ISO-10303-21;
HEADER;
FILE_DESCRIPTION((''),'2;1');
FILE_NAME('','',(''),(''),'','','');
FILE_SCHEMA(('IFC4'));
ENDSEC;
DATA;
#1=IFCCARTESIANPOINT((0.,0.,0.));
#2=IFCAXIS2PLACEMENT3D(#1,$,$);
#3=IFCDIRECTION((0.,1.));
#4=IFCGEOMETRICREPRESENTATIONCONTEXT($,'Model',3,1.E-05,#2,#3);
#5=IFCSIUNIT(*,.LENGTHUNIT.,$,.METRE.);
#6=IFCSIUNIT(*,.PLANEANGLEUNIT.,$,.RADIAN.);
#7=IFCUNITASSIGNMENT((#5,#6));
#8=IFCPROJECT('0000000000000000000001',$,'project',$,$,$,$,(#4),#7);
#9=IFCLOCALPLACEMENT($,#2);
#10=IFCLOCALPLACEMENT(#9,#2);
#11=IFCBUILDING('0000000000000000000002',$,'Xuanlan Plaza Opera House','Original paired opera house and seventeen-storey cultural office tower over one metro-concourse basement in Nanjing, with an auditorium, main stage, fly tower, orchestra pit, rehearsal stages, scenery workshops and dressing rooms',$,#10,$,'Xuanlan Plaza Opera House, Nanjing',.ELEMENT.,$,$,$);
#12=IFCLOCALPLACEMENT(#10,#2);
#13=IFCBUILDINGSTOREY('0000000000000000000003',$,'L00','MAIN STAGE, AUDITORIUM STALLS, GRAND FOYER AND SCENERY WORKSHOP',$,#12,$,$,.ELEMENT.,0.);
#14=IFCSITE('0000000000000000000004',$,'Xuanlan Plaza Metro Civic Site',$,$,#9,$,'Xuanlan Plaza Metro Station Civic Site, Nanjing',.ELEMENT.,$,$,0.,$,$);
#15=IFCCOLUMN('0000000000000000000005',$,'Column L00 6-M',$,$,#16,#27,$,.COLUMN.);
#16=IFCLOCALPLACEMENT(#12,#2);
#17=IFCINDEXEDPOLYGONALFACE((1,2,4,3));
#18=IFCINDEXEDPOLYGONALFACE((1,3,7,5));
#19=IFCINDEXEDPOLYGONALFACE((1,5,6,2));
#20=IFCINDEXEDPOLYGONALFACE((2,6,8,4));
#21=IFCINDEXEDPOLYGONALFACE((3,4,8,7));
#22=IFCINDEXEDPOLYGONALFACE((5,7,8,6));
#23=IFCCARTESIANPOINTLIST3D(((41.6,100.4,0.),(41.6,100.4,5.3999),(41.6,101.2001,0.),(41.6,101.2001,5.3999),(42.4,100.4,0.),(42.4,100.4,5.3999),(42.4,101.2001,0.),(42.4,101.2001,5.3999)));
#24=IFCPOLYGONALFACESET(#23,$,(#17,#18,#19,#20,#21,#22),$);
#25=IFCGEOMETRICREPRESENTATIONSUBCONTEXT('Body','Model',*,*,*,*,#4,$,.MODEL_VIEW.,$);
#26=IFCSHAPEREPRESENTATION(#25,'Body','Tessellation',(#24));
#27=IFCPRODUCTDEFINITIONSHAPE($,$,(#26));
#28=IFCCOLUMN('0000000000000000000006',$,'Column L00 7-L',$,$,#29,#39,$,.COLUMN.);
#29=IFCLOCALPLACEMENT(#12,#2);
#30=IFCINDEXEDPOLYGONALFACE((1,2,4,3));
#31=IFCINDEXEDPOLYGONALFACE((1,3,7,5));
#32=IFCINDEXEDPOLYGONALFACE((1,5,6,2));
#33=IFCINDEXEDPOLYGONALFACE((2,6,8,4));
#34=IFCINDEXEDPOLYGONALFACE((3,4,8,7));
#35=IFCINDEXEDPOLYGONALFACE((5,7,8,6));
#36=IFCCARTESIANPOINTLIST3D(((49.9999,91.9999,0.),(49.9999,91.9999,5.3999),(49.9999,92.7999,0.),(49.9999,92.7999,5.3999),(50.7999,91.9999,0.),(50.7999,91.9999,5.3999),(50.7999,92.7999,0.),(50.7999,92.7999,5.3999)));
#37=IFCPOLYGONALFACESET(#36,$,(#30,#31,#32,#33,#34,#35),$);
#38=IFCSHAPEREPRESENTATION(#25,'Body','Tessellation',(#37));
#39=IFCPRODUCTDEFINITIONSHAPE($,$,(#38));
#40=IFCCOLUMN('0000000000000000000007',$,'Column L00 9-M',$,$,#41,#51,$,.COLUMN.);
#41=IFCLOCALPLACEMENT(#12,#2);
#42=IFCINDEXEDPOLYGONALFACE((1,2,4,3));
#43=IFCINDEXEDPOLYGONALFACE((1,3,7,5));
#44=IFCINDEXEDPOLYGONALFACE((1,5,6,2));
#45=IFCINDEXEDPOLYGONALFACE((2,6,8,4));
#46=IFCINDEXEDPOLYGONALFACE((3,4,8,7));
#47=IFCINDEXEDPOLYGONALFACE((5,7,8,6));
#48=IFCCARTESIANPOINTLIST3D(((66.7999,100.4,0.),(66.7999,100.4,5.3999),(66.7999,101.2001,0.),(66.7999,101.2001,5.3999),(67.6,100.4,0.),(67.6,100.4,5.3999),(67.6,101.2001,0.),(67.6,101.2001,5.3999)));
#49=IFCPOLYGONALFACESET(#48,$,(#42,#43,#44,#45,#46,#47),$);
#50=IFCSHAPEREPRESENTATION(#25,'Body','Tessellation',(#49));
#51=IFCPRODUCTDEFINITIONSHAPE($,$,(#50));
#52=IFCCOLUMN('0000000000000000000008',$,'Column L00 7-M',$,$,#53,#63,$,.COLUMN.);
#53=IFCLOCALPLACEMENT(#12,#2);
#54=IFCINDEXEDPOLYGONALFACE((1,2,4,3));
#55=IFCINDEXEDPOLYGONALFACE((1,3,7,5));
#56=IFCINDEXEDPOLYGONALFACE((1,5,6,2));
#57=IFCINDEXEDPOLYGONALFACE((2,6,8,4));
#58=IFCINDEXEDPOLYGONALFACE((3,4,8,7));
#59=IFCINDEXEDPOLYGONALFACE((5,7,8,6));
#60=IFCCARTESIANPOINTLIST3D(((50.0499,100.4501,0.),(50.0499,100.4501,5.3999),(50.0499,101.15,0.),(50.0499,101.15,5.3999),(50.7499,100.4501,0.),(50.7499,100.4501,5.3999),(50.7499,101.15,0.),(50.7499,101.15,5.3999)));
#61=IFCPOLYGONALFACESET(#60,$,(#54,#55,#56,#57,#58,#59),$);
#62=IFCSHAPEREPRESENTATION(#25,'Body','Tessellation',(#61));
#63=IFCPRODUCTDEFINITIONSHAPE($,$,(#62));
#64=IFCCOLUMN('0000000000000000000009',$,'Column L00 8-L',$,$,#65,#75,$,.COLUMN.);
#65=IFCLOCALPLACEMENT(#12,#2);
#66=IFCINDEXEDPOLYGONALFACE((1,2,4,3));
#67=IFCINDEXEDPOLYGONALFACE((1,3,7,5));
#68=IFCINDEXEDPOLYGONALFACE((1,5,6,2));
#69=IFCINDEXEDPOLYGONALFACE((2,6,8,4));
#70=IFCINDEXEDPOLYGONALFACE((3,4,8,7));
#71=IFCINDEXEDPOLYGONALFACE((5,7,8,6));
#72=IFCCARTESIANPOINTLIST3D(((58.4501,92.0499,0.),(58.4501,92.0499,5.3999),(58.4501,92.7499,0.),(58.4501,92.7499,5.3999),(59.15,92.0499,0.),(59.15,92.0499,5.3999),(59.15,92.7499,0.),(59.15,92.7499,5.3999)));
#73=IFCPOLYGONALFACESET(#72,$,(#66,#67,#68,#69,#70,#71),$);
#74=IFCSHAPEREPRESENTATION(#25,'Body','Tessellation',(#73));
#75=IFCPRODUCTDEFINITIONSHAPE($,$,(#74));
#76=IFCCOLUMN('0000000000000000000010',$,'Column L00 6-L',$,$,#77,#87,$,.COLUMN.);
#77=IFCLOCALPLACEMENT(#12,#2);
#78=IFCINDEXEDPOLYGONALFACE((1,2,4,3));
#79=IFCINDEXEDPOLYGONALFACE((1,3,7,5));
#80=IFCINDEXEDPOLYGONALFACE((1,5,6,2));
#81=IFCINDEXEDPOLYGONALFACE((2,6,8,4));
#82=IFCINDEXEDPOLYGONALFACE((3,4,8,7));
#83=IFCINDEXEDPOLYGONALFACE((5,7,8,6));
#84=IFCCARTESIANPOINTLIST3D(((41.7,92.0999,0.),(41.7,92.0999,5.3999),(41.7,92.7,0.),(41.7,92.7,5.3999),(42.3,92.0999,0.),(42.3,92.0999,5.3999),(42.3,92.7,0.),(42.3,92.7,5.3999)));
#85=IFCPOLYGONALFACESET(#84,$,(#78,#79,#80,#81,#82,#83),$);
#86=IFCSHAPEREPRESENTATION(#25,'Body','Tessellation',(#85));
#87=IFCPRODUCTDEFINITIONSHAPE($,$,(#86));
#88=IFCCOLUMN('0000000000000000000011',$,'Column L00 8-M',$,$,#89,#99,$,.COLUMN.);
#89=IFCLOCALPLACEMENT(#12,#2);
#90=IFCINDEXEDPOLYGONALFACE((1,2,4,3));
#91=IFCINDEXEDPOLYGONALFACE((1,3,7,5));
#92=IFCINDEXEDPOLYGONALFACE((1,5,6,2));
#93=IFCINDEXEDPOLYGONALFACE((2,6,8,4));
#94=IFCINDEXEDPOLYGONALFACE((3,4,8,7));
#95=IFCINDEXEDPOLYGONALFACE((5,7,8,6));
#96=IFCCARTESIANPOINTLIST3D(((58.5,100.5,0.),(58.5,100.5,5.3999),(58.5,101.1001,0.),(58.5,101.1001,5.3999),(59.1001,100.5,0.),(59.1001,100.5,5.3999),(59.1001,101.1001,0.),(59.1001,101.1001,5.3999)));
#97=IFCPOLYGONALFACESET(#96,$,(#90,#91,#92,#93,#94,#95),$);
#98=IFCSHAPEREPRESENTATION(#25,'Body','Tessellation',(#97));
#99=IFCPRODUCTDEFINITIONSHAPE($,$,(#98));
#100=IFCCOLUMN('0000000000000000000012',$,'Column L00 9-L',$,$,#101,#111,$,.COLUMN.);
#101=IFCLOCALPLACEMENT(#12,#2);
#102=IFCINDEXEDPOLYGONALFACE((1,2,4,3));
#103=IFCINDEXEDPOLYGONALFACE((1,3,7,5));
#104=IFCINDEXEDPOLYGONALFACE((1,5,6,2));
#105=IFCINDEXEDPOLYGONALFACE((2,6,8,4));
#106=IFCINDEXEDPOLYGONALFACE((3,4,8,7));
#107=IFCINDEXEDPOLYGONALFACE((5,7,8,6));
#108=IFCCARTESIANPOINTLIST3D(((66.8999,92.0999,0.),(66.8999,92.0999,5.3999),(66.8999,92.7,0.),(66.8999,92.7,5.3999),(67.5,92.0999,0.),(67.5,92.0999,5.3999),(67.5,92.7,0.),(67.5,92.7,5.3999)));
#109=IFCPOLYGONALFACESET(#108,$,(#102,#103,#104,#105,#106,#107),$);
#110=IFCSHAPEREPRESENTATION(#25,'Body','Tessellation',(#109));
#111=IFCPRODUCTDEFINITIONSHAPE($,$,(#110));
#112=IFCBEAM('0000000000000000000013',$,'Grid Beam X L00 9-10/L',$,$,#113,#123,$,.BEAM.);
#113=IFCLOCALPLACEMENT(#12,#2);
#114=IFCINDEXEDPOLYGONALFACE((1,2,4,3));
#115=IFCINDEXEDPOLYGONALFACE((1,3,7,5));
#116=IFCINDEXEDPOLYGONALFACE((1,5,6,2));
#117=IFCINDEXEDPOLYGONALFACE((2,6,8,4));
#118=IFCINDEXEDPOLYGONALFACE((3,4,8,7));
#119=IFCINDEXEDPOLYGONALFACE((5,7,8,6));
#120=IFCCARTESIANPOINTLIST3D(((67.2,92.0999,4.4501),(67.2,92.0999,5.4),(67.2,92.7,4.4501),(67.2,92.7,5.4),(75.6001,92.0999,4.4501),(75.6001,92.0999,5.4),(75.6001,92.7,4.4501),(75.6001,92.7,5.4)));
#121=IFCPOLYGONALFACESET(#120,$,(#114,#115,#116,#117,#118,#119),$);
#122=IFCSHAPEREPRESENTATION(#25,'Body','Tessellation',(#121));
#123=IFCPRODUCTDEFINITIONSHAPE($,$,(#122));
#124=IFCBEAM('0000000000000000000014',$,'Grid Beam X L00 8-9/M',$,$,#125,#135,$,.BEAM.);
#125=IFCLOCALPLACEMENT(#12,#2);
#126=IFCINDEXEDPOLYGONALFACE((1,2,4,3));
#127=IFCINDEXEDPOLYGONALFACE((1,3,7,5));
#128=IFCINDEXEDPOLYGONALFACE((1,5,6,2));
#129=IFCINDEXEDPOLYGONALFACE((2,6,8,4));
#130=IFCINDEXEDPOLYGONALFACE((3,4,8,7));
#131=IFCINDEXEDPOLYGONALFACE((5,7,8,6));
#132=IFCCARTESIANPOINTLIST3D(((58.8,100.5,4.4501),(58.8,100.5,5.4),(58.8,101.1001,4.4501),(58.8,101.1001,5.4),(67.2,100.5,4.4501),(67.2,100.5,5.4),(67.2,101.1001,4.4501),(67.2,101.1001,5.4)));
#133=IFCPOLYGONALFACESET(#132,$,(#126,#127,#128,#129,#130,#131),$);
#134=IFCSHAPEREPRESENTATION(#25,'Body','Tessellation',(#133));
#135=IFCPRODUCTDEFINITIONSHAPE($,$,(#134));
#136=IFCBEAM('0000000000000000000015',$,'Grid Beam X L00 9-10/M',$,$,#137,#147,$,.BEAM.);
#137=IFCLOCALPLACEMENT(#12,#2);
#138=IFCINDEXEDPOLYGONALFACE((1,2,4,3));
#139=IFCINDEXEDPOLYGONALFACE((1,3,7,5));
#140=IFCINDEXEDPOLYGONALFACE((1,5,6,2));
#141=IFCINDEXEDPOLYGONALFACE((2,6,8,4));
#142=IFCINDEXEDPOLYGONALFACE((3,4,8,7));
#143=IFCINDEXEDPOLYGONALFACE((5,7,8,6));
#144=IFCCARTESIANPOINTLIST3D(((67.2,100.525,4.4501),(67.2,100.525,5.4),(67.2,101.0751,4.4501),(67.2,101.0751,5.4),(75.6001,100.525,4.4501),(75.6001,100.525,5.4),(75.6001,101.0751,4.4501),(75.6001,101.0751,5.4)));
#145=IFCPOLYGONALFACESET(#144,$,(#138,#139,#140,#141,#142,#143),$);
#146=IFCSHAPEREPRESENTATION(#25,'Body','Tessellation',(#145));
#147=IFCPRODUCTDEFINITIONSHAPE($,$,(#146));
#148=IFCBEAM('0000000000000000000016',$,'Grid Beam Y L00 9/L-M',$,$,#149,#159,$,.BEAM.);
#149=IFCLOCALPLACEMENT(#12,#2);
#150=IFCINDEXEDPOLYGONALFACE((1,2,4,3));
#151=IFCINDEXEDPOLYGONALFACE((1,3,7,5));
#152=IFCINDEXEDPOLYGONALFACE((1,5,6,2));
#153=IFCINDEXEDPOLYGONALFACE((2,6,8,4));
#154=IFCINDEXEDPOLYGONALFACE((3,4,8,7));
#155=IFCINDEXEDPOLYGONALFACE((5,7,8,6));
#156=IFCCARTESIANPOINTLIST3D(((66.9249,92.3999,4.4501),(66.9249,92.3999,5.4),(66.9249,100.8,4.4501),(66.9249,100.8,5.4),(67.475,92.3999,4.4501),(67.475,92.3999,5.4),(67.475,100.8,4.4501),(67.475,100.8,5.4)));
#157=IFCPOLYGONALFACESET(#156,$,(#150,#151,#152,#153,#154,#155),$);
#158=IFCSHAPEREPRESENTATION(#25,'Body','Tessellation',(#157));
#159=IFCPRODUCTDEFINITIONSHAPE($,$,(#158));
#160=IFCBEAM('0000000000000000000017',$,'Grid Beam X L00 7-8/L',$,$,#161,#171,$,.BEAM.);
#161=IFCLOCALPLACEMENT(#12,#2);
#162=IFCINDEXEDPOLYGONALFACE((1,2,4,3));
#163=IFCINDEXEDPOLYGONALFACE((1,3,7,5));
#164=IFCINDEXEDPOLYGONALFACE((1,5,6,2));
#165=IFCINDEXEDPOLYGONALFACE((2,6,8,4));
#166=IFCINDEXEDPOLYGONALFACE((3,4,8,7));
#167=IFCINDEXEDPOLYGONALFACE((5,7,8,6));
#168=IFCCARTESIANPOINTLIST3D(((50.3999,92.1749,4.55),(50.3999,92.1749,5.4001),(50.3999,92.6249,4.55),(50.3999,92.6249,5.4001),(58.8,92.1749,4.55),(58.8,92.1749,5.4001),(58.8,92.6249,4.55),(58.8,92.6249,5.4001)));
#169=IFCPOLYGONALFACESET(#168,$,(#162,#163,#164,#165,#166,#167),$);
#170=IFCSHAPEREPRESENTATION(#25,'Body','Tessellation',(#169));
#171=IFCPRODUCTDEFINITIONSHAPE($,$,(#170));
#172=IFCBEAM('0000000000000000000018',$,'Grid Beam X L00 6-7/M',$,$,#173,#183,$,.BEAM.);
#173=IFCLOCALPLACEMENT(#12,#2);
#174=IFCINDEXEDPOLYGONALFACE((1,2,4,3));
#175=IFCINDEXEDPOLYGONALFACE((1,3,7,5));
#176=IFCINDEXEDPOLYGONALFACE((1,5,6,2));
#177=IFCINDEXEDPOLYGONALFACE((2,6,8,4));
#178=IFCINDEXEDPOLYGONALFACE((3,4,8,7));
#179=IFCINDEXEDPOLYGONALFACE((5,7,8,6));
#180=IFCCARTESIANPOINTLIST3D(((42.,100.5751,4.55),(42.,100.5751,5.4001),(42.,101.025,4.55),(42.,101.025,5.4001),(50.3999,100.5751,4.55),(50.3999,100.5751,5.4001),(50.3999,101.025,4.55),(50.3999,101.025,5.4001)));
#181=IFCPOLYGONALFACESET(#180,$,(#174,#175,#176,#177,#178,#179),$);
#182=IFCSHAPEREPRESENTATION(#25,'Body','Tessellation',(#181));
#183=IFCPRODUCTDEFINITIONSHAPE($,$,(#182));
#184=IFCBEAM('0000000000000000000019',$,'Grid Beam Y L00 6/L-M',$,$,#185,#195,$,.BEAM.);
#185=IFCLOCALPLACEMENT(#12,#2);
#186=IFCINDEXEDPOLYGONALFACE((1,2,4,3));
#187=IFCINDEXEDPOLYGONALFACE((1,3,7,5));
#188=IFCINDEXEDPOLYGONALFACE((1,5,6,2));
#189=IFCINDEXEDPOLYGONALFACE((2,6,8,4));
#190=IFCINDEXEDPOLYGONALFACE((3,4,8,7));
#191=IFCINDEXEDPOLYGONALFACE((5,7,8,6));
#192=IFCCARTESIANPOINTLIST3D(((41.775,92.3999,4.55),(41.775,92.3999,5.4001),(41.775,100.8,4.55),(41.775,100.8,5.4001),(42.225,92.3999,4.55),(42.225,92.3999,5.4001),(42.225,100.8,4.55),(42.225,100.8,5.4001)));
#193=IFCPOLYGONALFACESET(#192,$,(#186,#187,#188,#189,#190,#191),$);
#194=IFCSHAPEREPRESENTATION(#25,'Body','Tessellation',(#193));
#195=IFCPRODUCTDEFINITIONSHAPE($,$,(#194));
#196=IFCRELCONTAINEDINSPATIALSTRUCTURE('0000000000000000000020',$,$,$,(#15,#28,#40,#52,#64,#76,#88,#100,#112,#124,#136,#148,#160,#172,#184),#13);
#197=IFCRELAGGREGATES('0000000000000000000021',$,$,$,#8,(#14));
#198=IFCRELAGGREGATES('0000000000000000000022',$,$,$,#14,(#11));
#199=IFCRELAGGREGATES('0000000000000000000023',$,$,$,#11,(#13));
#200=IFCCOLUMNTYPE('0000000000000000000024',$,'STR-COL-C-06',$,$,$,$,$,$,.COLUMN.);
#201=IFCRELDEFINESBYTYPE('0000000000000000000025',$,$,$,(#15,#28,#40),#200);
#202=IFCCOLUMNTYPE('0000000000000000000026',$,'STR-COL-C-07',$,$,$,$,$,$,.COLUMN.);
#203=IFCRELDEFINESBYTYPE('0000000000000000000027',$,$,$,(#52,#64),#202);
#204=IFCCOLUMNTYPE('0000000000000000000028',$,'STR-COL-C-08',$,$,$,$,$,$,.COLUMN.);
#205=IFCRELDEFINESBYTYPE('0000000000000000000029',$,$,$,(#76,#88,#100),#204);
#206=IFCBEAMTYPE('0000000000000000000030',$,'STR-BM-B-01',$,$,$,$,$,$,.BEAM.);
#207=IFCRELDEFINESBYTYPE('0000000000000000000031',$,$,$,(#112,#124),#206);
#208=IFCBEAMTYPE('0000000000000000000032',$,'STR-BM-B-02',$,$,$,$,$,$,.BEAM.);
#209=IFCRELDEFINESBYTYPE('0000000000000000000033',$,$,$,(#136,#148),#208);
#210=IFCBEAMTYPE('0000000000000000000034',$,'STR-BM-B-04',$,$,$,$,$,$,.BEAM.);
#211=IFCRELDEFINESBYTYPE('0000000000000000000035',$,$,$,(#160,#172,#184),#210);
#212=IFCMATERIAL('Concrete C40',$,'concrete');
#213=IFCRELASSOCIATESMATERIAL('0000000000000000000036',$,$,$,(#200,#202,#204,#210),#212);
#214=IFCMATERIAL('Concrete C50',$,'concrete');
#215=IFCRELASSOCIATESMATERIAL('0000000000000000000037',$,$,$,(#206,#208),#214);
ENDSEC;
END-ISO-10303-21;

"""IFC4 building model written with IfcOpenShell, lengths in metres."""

from ifc_helpers import new_model, si_unit, direction, frame, origin, origin_2d, place, context, subcontext, project, spatial, rectangle, extrude, material, material_profile, profile_set, type_object, element, save


model = new_model("IFC4")

# Units and contexts
model_context = context("Model", 3, precision=1e-05, world=origin(), true_north=direction((0.0, 1.0)))
body_context = subcontext(model_context, "Body", "Model", "MODEL_VIEW")
ifc_project = project(units=[si_unit("LENGTHUNIT", "METRE"), si_unit("PLANEANGLEUNIT", "RADIAN")], contexts=[model_context])

# Site, building, storey
site_placement = place(None, origin())
site = spatial("IfcSite", under=ifc_project, at=site_placement, Name="Xuanlan Plaza Metro Civic Site", LongName="Xuanlan Plaza Metro Station Civic Site, Nanjing", CompositionType="ELEMENT", RefElevation=0.0)
building_placement = place(site_placement, origin())
building = spatial("IfcBuilding", under=site, at=building_placement, Name="Xuanlan Plaza Opera House", Description="Original paired opera house and seventeen-storey cultural office tower over one metro-concourse basement in Nanjing, with an auditorium, main stage, fly tower, orchestra pit, rehearsal stages, scenery workshops and dressing rooms", LongName="Xuanlan Plaza Opera House, Nanjing", CompositionType="ELEMENT")
storey_placement = place(building_placement, origin())
storey = spatial("IfcBuildingStorey", under=building, at=storey_placement, Name="L00", Description="MAIN STAGE, AUDITORIUM STALLS, GRAND FOYER AND SCENERY WORKSHOP", CompositionType="ELEMENT", Elevation=0.0)

# Columns
ifc_material_1 = material(Name="Concrete C40", Category="concrete")
ifc_material_profile_1 = material_profile(ifc_material_1, rectangle(XDim=0.8, YDim=0.8, at=origin_2d()), Name="RC-COL 800x800")
ifc_profile_set_1 = profile_set([ifc_material_profile_1], Name="Concrete C40")
column_type_1 = type_object("IfcColumnType", Name="STR-COL-C-06", PredefinedType="COLUMN", material=ifc_profile_set_1)
for number, where, z_axis, x_axis, name in (
    (1, (42.0, 100.8, 0.0), (0.0, 0.0, 1.0), (1.0, 0.0, 0.0), "Column L00 6-M"),
    (2, (50.3999, 92.3999, 0.0), (0.0, 0.0, 1.0), (1.0, 0.0, 0.0), "Column L00 7-L"),
    (3, (67.2, 100.8, 0.0), (0.0, 0.0, 1.0), (1.0, 0.0, 0.0), "Column L00 9-M"),
):
    element("IfcColumn", number, at=place(storey_placement, frame(where, z_axis=z_axis, x_axis=x_axis)), inside=storey, type_object=column_type_1, Name=name, PredefinedType="COLUMN", context=body_context, shape_type="SweptSolid", body=[
        extrude(rectangle(XDim=0.8, YDim=0.8, at=origin_2d()), origin(), (0.0, 0.0, 1.0), 5.3999),
    ])
ifc_material_profile_2 = material_profile(ifc_material_1, rectangle(XDim=0.7, YDim=0.7, at=origin_2d()), Name="RC-COL 700x700")
ifc_profile_set_2 = profile_set([ifc_material_profile_2], Name="Concrete C40")
column_type_2 = type_object("IfcColumnType", Name="STR-COL-C-07", PredefinedType="COLUMN", material=ifc_profile_set_2)
for number, where, z_axis, x_axis, name in (
    (4, (50.3999, 100.8, 0.0), (0.0, 0.0, 1.0), (1.0, 0.0, 0.0), "Column L00 7-M"),
    (5, (58.8, 92.3999, 0.0), (0.0, 0.0, 1.0), (1.0, 0.0, 0.0), "Column L00 8-L"),
):
    element("IfcColumn", number, at=place(storey_placement, frame(where, z_axis=z_axis, x_axis=x_axis)), inside=storey, type_object=column_type_2, Name=name, PredefinedType="COLUMN", context=body_context, shape_type="SweptSolid", body=[
        extrude(rectangle(XDim=0.7, YDim=0.7, at=origin_2d()), origin(), (0.0, 0.0, 1.0), 5.3999),
    ])
ifc_material_profile_3 = material_profile(ifc_material_1, rectangle(XDim=0.6001, YDim=0.6001, at=origin_2d()), Name="RC-COL 600x600")
ifc_profile_set_3 = profile_set([ifc_material_profile_3], Name="Concrete C40")
column_type_3 = type_object("IfcColumnType", Name="STR-COL-C-08", PredefinedType="COLUMN", material=ifc_profile_set_3)
for number, where, z_axis, x_axis, name in (
    (6, (42.0, 92.3999, 0.0), (0.0, 0.0, 1.0), (1.0, 0.0, 0.0), "Column L00 6-L"),
    (7, (58.8, 100.8, 0.0), (0.0, 0.0, 1.0), (1.0, 0.0, 0.0), "Column L00 8-M"),
    (8, (67.2, 92.3999, 0.0), (0.0, 0.0, 1.0), (1.0, 0.0, 0.0), "Column L00 9-L"),
):
    element("IfcColumn", number, at=place(storey_placement, frame(where, z_axis=z_axis, x_axis=x_axis)), inside=storey, type_object=column_type_3, Name=name, PredefinedType="COLUMN", context=body_context, shape_type="SweptSolid", body=[
        extrude(rectangle(XDim=0.6001, YDim=0.6001, at=origin_2d()), origin(), (0.0, 0.0, 1.0), 5.3999),
    ])

# Beams
ifc_material_2 = material(Name="Concrete C50", Category="concrete")
ifc_material_profile_4 = material_profile(ifc_material_2, rectangle(XDim=0.6001, YDim=0.95, at=origin_2d()), Name="RC-BM 600x950")
ifc_profile_set_4 = profile_set([ifc_material_profile_4], Name="Concrete C50")
beam_type_1 = type_object("IfcBeamType", Name="STR-BM-B-01", PredefinedType="BEAM", material=ifc_profile_set_4)
beam_1_placement = place(storey_placement, frame((67.2, 92.3999, 4.925), z_axis=(1.0, 0.0, 0.0), x_axis=(0.0, 1.0, 0.0)))
element("IfcBeam", 9, at=beam_1_placement, inside=storey, type_object=beam_type_1, Name="Grid Beam X L00 9-10/L", PredefinedType="BEAM", context=body_context, shape_type="SweptSolid", body=[
    extrude(rectangle(XDim=0.6001, YDim=0.95, at=origin_2d()), origin(), (0.0, 0.0, 1.0), 8.4001),
])
beam_2_placement = place(storey_placement, frame((58.8, 100.8, 4.925), z_axis=(1.0, 0.0, 0.0), x_axis=(0.0, 1.0, 0.0)))
element("IfcBeam", 10, at=beam_2_placement, inside=storey, type_object=beam_type_1, Name="Grid Beam X L00 8-9/M", PredefinedType="BEAM", context=body_context, shape_type="SweptSolid", body=[
    extrude(rectangle(XDim=0.6001, YDim=0.95, at=origin_2d()), origin(), (0.0, 0.0, 1.0), 8.3999),
])
ifc_material_profile_5 = material_profile(ifc_material_2, rectangle(XDim=0.55, YDim=0.95, at=origin_2d()), Name="RC-BM 550x950")
ifc_profile_set_5 = profile_set([ifc_material_profile_5], Name="Concrete C50")
beam_type_2 = type_object("IfcBeamType", Name="STR-BM-B-02", PredefinedType="BEAM", material=ifc_profile_set_5)
for number, where, z_axis, x_axis, name in (
    (11, (67.2, 100.8, 4.925), (1.0, 0.0, 0.0), (0.0, 1.0, 0.0), "Grid Beam X L00 9-10/M"),
    (12, (67.2, 92.3999, 4.925), (0.0, 1.0, 0.0), (-1.0, 0.0, 0.0), "Grid Beam Y L00 9/L-M"),
):
    element("IfcBeam", number, at=place(storey_placement, frame(where, z_axis=z_axis, x_axis=x_axis)), inside=storey, type_object=beam_type_2, Name=name, PredefinedType="BEAM", context=body_context, shape_type="SweptSolid", body=[
        extrude(rectangle(XDim=0.55, YDim=0.95, at=origin_2d()), origin(), (0.0, 0.0, 1.0), 8.4001),
    ])
ifc_material_profile_6 = material_profile(ifc_material_1, rectangle(XDim=0.45, YDim=0.8501, at=origin_2d()), Name="RC-BM 450x850")
ifc_profile_set_6 = profile_set([ifc_material_profile_6], Name="Concrete C40")
beam_type_3 = type_object("IfcBeamType", Name="STR-BM-B-04", PredefinedType="BEAM", material=ifc_profile_set_6)
beam_3_placement = place(storey_placement, frame((50.3999, 92.3999, 4.9751), z_axis=(1.0, 0.0, 0.0), x_axis=(0.0, 1.0, 0.0)))
element("IfcBeam", 13, at=beam_3_placement, inside=storey, type_object=beam_type_3, Name="Grid Beam X L00 7-8/L", PredefinedType="BEAM", context=body_context, shape_type="SweptSolid", body=[
    extrude(rectangle(XDim=0.45, YDim=0.8501, at=origin_2d()), origin(), (0.0, 0.0, 1.0), 8.4001),
])
beam_4_placement = place(storey_placement, frame((42.0, 100.8, 4.9751), z_axis=(1.0, 0.0, 0.0), x_axis=(0.0, 1.0, 0.0)))
element("IfcBeam", 14, at=beam_4_placement, inside=storey, type_object=beam_type_3, Name="Grid Beam X L00 6-7/M", PredefinedType="BEAM", context=body_context, shape_type="SweptSolid", body=[
    extrude(rectangle(XDim=0.45, YDim=0.8501, at=origin_2d()), origin(), (0.0, 0.0, 1.0), 8.3999),
])
beam_5_placement = place(storey_placement, frame((42.0, 92.3999, 4.9751), z_axis=(0.0, 1.0, 0.0), x_axis=(-1.0, 0.0, 0.0)))
element("IfcBeam", 15, at=beam_5_placement, inside=storey, type_object=beam_type_3, Name="Grid Beam Y L00 6/L-M", PredefinedType="BEAM", context=body_context, shape_type="SweptSolid", body=[
    extrude(rectangle(XDim=0.45, YDim=0.8501, at=origin_2d()), origin(), (0.0, 0.0, 1.0), 8.4001),
])

save(model, "model.ifc")
